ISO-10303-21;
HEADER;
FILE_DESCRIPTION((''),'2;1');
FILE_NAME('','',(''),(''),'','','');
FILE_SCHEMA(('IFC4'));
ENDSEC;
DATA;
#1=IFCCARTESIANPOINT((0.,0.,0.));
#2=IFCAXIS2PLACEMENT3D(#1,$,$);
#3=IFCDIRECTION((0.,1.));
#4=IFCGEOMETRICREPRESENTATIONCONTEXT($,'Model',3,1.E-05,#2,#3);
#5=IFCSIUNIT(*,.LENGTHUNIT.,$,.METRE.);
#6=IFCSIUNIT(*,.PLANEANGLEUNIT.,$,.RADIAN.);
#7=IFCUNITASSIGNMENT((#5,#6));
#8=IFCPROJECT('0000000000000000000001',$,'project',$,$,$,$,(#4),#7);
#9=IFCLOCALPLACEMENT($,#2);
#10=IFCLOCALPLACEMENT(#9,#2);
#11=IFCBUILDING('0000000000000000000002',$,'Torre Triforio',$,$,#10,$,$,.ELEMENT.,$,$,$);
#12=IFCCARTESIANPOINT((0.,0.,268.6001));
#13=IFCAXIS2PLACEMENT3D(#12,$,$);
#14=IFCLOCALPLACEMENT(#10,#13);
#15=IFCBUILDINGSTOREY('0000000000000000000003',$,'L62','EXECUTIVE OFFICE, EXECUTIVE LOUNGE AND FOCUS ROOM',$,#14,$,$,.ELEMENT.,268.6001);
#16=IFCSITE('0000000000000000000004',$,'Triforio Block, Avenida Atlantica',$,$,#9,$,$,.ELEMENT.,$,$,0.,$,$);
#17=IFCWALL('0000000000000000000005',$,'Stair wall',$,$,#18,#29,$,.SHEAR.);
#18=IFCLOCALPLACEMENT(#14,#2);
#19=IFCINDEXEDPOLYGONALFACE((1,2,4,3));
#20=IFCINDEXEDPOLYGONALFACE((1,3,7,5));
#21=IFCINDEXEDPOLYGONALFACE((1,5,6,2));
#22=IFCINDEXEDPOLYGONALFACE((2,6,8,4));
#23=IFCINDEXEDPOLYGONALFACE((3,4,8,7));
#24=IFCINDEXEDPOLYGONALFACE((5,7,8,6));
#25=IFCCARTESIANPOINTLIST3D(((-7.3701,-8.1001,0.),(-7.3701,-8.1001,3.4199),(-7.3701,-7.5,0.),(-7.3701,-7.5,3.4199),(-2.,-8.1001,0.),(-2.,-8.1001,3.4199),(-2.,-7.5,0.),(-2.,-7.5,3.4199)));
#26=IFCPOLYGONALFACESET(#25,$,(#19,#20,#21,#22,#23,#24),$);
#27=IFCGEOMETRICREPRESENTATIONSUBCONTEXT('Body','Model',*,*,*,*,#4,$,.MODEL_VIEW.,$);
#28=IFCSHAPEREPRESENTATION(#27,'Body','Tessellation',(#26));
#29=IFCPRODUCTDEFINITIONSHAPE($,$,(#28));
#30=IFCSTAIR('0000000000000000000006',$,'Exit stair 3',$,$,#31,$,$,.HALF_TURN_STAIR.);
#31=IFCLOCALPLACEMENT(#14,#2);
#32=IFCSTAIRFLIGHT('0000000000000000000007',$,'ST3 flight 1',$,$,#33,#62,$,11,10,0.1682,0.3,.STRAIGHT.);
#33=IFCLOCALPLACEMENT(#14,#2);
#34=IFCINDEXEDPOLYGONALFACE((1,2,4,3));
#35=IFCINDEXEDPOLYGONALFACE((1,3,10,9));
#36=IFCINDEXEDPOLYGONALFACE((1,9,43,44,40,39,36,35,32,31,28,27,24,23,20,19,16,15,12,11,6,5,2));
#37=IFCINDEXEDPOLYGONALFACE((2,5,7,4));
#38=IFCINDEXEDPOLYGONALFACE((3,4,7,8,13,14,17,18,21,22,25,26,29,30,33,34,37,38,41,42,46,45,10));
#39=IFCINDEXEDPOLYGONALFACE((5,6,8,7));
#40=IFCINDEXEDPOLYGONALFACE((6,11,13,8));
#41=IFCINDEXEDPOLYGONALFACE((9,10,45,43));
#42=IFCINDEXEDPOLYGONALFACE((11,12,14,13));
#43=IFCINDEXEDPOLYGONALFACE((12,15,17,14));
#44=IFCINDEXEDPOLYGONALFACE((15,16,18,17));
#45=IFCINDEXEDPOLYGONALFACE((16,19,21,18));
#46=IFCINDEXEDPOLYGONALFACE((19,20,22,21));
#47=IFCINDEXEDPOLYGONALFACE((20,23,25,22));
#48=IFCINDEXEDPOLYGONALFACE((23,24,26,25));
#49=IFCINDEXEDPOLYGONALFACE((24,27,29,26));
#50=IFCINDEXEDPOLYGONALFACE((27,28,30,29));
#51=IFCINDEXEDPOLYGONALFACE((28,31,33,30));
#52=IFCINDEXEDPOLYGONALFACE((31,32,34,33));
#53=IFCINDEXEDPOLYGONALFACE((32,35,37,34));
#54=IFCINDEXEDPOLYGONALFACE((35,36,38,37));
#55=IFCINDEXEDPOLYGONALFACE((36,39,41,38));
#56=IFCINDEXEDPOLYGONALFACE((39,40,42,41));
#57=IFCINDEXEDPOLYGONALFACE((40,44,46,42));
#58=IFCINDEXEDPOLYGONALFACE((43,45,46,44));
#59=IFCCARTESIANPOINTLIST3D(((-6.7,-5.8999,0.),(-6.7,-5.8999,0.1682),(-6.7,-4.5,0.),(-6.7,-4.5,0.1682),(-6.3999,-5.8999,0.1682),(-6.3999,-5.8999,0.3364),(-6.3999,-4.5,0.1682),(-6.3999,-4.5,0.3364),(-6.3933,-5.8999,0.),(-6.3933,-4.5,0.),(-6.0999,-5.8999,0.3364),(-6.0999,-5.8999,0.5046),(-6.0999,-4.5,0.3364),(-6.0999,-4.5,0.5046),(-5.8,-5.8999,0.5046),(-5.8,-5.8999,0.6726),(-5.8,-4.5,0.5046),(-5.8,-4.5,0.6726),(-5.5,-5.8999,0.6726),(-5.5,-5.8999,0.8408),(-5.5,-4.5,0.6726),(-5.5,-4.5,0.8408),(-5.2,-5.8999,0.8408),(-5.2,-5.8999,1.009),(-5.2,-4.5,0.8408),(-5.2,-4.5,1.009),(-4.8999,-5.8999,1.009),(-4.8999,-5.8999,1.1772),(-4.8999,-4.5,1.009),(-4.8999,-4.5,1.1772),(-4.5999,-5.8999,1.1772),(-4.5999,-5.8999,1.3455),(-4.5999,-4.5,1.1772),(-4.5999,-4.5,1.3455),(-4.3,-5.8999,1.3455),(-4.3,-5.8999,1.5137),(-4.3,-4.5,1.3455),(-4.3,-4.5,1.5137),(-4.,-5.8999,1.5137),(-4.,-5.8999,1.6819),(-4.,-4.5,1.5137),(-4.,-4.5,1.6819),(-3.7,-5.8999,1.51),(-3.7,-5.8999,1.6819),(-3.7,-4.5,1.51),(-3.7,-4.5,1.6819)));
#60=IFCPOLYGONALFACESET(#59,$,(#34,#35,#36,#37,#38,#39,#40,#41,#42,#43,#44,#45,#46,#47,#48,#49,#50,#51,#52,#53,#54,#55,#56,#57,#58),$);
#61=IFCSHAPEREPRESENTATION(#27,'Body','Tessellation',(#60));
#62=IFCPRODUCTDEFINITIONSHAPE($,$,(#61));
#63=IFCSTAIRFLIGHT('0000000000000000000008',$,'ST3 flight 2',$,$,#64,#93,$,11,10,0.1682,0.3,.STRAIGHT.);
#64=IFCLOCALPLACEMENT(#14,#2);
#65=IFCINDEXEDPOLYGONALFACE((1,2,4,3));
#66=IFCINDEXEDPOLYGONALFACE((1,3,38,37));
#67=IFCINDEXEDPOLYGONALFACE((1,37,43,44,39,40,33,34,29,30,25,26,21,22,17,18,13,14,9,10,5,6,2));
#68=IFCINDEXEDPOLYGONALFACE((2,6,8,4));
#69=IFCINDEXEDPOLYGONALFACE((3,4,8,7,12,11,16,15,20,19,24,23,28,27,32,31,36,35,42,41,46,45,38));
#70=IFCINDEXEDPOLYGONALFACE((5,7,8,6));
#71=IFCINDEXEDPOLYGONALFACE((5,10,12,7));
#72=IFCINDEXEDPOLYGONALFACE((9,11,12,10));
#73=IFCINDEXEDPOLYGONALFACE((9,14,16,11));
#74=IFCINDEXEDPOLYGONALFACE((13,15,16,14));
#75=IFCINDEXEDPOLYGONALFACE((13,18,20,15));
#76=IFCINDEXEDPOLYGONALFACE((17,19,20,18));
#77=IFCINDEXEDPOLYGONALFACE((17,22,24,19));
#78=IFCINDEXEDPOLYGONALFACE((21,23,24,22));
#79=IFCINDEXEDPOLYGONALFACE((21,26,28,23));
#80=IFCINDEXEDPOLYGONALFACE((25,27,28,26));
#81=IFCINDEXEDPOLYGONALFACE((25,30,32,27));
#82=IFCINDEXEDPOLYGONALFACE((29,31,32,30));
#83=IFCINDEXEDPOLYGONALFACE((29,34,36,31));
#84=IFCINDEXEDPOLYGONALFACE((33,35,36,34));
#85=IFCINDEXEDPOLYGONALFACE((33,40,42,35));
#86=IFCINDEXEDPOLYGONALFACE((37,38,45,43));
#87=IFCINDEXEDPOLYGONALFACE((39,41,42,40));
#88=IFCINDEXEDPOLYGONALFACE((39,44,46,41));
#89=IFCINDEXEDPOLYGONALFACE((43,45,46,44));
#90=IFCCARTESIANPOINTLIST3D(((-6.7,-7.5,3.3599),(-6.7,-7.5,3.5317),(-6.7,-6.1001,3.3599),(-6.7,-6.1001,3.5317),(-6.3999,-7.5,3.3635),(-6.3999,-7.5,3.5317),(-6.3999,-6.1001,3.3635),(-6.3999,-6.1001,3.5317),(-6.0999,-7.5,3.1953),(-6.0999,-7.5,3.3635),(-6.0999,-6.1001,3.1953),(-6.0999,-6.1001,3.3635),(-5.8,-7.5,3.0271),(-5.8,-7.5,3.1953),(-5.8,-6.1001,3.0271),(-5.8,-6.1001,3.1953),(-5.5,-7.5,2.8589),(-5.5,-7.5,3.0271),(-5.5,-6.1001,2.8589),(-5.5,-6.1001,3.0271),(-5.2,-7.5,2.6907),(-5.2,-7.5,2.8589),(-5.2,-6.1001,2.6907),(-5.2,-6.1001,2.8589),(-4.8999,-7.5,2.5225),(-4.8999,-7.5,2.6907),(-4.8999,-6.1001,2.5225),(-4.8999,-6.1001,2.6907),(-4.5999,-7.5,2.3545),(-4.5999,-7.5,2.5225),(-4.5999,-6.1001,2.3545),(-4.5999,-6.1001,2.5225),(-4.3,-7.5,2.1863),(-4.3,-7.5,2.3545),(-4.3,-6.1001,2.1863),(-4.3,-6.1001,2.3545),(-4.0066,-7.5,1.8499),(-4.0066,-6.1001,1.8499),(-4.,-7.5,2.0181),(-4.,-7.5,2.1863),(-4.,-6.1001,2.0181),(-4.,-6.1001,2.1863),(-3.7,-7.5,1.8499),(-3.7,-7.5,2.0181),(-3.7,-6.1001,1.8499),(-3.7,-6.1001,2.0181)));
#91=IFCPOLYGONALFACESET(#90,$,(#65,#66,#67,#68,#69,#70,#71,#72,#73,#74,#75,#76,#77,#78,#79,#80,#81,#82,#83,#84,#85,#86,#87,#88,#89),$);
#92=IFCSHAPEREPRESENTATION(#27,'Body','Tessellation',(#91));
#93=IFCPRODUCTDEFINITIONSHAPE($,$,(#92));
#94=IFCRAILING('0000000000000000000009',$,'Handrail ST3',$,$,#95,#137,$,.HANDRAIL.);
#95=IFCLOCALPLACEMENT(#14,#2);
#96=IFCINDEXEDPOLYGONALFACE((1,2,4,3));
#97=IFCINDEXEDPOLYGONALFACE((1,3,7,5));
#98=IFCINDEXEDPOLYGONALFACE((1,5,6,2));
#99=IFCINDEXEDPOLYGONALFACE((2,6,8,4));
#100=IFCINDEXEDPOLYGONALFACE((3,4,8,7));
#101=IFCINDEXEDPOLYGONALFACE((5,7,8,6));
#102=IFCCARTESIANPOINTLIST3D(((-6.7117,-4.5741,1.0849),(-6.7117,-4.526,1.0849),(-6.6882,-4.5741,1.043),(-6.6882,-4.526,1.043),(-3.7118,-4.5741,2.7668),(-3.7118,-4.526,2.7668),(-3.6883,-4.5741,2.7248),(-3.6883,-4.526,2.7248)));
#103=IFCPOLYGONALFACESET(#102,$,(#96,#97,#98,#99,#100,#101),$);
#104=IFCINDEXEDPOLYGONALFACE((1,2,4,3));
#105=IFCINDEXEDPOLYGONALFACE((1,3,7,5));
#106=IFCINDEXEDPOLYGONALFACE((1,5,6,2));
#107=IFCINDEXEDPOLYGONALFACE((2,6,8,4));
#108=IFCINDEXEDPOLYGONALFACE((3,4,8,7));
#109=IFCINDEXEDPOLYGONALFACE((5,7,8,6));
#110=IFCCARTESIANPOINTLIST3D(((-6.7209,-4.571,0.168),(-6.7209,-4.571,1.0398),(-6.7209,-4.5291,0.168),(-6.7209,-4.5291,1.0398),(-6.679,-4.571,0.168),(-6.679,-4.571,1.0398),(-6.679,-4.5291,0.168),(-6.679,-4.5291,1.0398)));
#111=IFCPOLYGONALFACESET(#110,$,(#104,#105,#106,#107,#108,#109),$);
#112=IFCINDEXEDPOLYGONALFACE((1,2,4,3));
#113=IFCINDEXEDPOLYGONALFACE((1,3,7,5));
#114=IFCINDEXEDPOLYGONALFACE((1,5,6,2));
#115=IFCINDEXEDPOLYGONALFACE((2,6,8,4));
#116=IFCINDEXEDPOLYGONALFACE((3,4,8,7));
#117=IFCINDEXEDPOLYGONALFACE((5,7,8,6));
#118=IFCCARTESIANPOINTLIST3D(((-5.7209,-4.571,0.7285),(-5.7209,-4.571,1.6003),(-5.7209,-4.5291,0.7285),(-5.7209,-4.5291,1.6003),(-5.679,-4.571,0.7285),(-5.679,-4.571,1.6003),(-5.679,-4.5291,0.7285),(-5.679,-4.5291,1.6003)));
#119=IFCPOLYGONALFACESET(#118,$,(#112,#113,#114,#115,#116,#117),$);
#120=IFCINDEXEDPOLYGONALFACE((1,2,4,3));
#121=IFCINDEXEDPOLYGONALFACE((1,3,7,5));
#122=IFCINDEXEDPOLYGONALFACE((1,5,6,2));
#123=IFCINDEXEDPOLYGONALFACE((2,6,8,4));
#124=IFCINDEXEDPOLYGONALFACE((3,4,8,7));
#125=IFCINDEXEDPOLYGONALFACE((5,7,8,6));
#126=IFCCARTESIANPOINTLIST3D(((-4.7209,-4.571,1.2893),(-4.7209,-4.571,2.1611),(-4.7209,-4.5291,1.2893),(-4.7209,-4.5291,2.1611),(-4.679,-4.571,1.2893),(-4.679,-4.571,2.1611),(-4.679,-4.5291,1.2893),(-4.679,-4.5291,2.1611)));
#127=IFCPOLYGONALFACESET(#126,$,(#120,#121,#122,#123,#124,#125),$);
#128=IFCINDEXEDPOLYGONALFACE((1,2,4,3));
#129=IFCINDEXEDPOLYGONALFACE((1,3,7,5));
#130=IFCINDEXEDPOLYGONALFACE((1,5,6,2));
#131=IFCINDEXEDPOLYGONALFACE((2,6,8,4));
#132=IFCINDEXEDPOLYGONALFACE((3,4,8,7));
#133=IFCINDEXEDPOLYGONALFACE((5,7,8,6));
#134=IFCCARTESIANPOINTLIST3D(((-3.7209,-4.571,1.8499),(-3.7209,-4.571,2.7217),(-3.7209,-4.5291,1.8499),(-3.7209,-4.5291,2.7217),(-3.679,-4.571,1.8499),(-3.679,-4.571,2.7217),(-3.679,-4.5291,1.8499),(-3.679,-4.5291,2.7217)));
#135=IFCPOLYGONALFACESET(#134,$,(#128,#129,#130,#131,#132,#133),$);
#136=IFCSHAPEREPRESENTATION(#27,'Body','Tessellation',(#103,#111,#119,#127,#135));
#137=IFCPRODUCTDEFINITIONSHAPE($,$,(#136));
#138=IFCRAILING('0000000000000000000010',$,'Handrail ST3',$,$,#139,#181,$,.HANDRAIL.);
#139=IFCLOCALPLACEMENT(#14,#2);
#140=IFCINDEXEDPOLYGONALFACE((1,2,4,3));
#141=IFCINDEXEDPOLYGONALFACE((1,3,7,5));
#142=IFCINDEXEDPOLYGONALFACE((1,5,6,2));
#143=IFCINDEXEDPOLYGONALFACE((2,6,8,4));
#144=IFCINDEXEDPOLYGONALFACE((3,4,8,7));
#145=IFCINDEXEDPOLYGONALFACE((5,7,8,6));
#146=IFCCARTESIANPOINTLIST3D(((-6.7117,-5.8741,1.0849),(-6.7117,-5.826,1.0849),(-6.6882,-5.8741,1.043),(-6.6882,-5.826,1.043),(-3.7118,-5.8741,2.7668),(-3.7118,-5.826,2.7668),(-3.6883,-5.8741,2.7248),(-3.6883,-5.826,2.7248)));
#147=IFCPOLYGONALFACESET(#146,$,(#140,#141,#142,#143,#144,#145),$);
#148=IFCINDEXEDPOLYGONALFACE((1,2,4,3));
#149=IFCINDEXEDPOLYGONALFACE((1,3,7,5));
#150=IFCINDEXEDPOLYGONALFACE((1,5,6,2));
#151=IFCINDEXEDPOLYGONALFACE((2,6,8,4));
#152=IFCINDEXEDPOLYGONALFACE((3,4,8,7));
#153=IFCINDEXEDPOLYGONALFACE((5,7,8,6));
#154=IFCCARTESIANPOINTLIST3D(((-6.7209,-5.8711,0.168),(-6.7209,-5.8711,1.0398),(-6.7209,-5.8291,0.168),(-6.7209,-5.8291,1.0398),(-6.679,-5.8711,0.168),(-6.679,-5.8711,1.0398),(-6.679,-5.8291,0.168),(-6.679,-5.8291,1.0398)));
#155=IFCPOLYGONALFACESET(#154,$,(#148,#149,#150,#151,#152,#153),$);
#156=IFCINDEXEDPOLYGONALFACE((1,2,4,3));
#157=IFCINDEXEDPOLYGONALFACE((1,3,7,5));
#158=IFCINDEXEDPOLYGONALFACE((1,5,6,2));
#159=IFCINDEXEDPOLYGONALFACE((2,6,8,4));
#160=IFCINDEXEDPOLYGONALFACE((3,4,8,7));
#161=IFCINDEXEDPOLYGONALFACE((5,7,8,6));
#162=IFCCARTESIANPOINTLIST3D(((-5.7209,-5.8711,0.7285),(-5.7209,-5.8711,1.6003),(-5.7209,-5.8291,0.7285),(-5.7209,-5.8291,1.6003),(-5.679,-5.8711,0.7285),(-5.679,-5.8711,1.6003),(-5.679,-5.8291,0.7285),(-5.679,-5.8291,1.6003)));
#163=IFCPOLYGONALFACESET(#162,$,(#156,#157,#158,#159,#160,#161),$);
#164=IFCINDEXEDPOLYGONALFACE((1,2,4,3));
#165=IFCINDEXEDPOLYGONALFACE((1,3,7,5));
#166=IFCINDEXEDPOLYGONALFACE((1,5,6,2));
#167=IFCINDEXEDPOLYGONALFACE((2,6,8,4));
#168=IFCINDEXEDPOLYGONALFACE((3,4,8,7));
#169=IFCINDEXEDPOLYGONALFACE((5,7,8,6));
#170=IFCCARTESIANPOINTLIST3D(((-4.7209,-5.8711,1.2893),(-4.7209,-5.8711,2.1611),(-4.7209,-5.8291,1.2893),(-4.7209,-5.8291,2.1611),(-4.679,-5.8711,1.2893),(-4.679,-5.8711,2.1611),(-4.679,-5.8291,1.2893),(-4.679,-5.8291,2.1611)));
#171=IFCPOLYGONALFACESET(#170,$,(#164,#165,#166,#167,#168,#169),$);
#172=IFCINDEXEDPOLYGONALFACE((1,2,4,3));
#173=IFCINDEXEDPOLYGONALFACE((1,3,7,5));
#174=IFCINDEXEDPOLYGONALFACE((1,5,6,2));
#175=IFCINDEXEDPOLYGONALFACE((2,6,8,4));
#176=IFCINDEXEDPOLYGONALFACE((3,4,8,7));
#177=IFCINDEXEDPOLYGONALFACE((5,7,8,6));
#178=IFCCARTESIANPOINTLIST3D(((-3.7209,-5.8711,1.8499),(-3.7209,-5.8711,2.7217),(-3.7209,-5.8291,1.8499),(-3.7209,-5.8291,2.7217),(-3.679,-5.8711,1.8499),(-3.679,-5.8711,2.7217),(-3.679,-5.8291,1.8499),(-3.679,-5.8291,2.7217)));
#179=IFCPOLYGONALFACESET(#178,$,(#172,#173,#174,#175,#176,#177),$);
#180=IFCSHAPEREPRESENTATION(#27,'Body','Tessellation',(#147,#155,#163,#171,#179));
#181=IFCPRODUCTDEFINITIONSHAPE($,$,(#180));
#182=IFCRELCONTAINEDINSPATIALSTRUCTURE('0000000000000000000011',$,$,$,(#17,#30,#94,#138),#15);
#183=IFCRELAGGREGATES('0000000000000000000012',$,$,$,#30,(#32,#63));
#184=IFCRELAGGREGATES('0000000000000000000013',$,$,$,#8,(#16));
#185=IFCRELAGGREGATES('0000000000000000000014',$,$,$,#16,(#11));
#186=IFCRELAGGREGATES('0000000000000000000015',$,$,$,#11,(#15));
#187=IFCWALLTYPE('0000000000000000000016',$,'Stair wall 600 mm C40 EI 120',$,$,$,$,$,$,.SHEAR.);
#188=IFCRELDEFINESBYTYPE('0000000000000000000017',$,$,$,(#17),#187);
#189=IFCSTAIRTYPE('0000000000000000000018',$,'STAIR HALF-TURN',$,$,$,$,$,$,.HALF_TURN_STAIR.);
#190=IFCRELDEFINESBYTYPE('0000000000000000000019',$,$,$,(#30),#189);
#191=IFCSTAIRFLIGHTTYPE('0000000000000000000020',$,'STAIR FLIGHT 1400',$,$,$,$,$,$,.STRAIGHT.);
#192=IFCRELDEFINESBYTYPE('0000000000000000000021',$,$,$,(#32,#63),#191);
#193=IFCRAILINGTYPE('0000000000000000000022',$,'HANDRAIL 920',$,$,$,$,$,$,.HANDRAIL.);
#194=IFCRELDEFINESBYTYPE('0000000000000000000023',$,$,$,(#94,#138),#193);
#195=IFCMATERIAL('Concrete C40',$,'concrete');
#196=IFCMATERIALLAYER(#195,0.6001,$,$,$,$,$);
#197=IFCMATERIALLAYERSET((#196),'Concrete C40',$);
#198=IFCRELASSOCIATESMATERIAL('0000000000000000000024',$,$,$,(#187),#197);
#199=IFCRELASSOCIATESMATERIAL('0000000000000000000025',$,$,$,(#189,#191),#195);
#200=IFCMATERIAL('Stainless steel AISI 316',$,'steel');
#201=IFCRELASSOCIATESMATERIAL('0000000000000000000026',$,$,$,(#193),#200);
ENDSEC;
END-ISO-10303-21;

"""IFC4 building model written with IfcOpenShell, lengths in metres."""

from ifc_helpers import new_model, si_unit, direction, frame, frame_2d, origin, origin_2d, place, context, subcontext, project, spatial, polyline, rectangle, outline, extrude, material, layer, layer_set, type_object, element, aggregate, save


model = new_model("IFC4")

# Units and contexts
model_context = context("Model", 3, precision=1e-05, world=origin(), true_north=direction((0.0, 1.0)))
body_context = subcontext(model_context, "Body", "Model", "MODEL_VIEW")
ifc_project = project(units=[si_unit("LENGTHUNIT", "METRE"), si_unit("PLANEANGLEUNIT", "RADIAN")], contexts=[model_context])

# Site, building, storey
site_placement = place(None, origin())
site = spatial("IfcSite", under=ifc_project, at=site_placement, Name="Triforio Block, Avenida Atlantica", CompositionType="ELEMENT", RefElevation=0.0)
building_placement = place(site_placement, origin())
building = spatial("IfcBuilding", under=site, at=building_placement, Name="Torre Triforio", CompositionType="ELEMENT")
storey_placement = place(building_placement, frame((0.0, 0.0, 268.6001)))
storey = spatial("IfcBuildingStorey", under=building, at=storey_placement, Name="L62", Description="EXECUTIVE OFFICE, EXECUTIVE LOUNGE AND FOCUS ROOM", CompositionType="ELEMENT", Elevation=268.6001)

# Shared definitions
ifc_material_1 = material(Name="Concrete C40", Category="concrete")

# Wall
ifc_layer_1 = layer(ifc_material_1, 0.6001)
ifc_layer_set_1 = layer_set([ifc_layer_1], Name="Concrete C40")
wall_type_1 = type_object("IfcWallType", Name="Stair wall 600 mm C40 EI 120", PredefinedType="SHEAR", material=ifc_layer_set_1)
wall_1_placement = place(storey_placement, frame((-7.3701, -7.8, 0.0), z_axis=(0.0, 0.0, 1.0), x_axis=(1.0, 0.0, 0.0)))
element("IfcWall", 1, at=wall_1_placement, inside=storey, type_object=wall_type_1, Name="Stair wall", PredefinedType="SHEAR", context=body_context, shape_type="SweptSolid", body=[
    extrude(rectangle(XDim=5.3701, YDim=0.6001, at=frame_2d((2.6851, 0.0))), origin(), (0.0, 0.0, 1.0), 3.4199),
])

# Stair, stair flights
stair_type = type_object("IfcStairType", Name="STAIR HALF-TURN", PredefinedType="HALF_TURN_STAIR", material=ifc_material_1)
stair_placement = place(storey_placement, origin())
stair = element("IfcStair", 2, at=stair_placement, inside=storey, type_object=stair_type, Name="Exit stair 3", PredefinedType="HALF_TURN_STAIR")
stair_flight_type = type_object("IfcStairFlightType", Name="STAIR FLIGHT 1400", PredefinedType="STRAIGHT", material=ifc_material_1)
stair_flight_1_placement = place(storey_placement, frame((-6.7, -5.2, 0.0), z_axis=(0.0, 0.0, 1.0), x_axis=(1.0, 0.0, 0.0)))
stair_flight_1 = element("IfcStairFlight", 3, at=stair_flight_1_placement, type_object=stair_flight_type, Name="ST3 flight 1", NumberOfRisers=11, NumberOfTreads=10, PredefinedType="STRAIGHT", RiserHeight=0.1682, TreadLength=0.3, context=body_context, shape_type="SweptSolid", body=[
    extrude(outline(polyline([(0.0, 0.0), (0.0, 0.1682), (0.3, 0.1682), (0.3, 0.3364), (0.6001, 0.3364), (0.6001, 0.5046), (0.8999, 0.5046), (0.8999, 0.6726), (1.2, 0.6726), (1.2, 0.8408), (1.5, 0.8408), (1.5, 1.009), (1.8, 1.009), (1.8, 1.1772), (2.1001, 1.1772), (2.1001, 1.3455), (2.3999, 1.3455), (2.3999, 1.5137), (2.7, 1.5137), (2.7, 1.6819), (3.0, 1.6819), (3.0, 1.8501), (3.0, 1.51), (0.3066, 0.0), (0.0, 0.0)])), frame((0.0, 0.7, 0.0), z_axis=(0.0, -1.0, 0.0), x_axis=(1.0, 0.0, 0.0)), (0.0, 0.0, 1.0), 1.3999),
])
stair_flight_2_placement = place(storey_placement, frame((-3.7, -6.8, 1.8499), z_axis=(0.0, 0.0, 1.0), x_axis=(-1.0, 0.0, 0.0)))
stair_flight_2 = element("IfcStairFlight", 4, at=stair_flight_2_placement, type_object=stair_flight_type, Name="ST3 flight 2", NumberOfRisers=11, NumberOfTreads=10, PredefinedType="STRAIGHT", RiserHeight=0.1682, TreadLength=0.3, context=body_context, shape_type="SweptSolid", body=[
    extrude(outline(polyline([(0.0, 0.0), (0.0, 0.1682), (0.3, 0.1682), (0.3, 0.3364), (0.6001, 0.3364), (0.6001, 0.5046), (0.8999, 0.5046), (0.8999, 0.6726), (1.2, 0.6726), (1.2, 0.8408), (1.5, 0.8408), (1.5, 1.009), (1.8, 1.009), (1.8, 1.1772), (2.1001, 1.1772), (2.1001, 1.3455), (2.3999, 1.3455), (2.3999, 1.5137), (2.7, 1.5137), (2.7, 1.6819), (3.0, 1.6819), (3.0, 1.8501), (3.0, 1.51), (0.3066, 0.0), (0.0, 0.0)])), frame((0.0, 0.7, 0.0), z_axis=(0.0, -1.0, 0.0), x_axis=(1.0, 0.0, 0.0)), (0.0, 0.0, 1.0), 1.3999),
])
aggregate(stair, [stair_flight_1, stair_flight_2])

# Railings
ifc_material_2 = material(Name="Stainless steel AISI 316", Category="steel")
railing_type = type_object("IfcRailingType", Name="HANDRAIL 920", PredefinedType="HANDRAIL", material=ifc_material_2)
for number, where, name in (
    (5, (-6.7, -4.55, 0.168), "Handrail ST3"),
    (6, (-6.7, -5.8501, 0.168), "Handrail ST3"),
):
    element("IfcRailing", number, at=place(storey_placement, frame(where)), inside=storey, type_object=railing_type, Name=name, PredefinedType="HANDRAIL", context=body_context, shape_type="SweptSolid", body=[
        extrude(rectangle(XDim=0.0481, YDim=0.0481, at=origin_2d()), frame((0.0, 0.0, 0.896), z_axis=(0.872272, 0.0, 0.48902), x_axis=(0.0, 1.0, 0.0)), (0.0, 0.0, 1.0), 3.4392),
        extrude(rectangle(XDim=0.042, YDim=0.042, at=origin_2d()), origin(), (0.0, 0.0, 1.0), 0.8718),
        extrude(rectangle(XDim=0.042, YDim=0.042, at=origin_2d()), frame((1.0, 0.0, 0.5605)), (0.0, 0.0, 1.0), 0.8718),
        extrude(rectangle(XDim=0.042, YDim=0.042, at=origin_2d()), frame((2.0, 0.0, 1.1213)), (0.0, 0.0, 1.0), 0.8718),
        extrude(rectangle(XDim=0.042, YDim=0.042, at=origin_2d()), frame((3.0, 0.0, 1.6819)), (0.0, 0.0, 1.0), 0.8718),
    ])

save(model, "model.ifc")
